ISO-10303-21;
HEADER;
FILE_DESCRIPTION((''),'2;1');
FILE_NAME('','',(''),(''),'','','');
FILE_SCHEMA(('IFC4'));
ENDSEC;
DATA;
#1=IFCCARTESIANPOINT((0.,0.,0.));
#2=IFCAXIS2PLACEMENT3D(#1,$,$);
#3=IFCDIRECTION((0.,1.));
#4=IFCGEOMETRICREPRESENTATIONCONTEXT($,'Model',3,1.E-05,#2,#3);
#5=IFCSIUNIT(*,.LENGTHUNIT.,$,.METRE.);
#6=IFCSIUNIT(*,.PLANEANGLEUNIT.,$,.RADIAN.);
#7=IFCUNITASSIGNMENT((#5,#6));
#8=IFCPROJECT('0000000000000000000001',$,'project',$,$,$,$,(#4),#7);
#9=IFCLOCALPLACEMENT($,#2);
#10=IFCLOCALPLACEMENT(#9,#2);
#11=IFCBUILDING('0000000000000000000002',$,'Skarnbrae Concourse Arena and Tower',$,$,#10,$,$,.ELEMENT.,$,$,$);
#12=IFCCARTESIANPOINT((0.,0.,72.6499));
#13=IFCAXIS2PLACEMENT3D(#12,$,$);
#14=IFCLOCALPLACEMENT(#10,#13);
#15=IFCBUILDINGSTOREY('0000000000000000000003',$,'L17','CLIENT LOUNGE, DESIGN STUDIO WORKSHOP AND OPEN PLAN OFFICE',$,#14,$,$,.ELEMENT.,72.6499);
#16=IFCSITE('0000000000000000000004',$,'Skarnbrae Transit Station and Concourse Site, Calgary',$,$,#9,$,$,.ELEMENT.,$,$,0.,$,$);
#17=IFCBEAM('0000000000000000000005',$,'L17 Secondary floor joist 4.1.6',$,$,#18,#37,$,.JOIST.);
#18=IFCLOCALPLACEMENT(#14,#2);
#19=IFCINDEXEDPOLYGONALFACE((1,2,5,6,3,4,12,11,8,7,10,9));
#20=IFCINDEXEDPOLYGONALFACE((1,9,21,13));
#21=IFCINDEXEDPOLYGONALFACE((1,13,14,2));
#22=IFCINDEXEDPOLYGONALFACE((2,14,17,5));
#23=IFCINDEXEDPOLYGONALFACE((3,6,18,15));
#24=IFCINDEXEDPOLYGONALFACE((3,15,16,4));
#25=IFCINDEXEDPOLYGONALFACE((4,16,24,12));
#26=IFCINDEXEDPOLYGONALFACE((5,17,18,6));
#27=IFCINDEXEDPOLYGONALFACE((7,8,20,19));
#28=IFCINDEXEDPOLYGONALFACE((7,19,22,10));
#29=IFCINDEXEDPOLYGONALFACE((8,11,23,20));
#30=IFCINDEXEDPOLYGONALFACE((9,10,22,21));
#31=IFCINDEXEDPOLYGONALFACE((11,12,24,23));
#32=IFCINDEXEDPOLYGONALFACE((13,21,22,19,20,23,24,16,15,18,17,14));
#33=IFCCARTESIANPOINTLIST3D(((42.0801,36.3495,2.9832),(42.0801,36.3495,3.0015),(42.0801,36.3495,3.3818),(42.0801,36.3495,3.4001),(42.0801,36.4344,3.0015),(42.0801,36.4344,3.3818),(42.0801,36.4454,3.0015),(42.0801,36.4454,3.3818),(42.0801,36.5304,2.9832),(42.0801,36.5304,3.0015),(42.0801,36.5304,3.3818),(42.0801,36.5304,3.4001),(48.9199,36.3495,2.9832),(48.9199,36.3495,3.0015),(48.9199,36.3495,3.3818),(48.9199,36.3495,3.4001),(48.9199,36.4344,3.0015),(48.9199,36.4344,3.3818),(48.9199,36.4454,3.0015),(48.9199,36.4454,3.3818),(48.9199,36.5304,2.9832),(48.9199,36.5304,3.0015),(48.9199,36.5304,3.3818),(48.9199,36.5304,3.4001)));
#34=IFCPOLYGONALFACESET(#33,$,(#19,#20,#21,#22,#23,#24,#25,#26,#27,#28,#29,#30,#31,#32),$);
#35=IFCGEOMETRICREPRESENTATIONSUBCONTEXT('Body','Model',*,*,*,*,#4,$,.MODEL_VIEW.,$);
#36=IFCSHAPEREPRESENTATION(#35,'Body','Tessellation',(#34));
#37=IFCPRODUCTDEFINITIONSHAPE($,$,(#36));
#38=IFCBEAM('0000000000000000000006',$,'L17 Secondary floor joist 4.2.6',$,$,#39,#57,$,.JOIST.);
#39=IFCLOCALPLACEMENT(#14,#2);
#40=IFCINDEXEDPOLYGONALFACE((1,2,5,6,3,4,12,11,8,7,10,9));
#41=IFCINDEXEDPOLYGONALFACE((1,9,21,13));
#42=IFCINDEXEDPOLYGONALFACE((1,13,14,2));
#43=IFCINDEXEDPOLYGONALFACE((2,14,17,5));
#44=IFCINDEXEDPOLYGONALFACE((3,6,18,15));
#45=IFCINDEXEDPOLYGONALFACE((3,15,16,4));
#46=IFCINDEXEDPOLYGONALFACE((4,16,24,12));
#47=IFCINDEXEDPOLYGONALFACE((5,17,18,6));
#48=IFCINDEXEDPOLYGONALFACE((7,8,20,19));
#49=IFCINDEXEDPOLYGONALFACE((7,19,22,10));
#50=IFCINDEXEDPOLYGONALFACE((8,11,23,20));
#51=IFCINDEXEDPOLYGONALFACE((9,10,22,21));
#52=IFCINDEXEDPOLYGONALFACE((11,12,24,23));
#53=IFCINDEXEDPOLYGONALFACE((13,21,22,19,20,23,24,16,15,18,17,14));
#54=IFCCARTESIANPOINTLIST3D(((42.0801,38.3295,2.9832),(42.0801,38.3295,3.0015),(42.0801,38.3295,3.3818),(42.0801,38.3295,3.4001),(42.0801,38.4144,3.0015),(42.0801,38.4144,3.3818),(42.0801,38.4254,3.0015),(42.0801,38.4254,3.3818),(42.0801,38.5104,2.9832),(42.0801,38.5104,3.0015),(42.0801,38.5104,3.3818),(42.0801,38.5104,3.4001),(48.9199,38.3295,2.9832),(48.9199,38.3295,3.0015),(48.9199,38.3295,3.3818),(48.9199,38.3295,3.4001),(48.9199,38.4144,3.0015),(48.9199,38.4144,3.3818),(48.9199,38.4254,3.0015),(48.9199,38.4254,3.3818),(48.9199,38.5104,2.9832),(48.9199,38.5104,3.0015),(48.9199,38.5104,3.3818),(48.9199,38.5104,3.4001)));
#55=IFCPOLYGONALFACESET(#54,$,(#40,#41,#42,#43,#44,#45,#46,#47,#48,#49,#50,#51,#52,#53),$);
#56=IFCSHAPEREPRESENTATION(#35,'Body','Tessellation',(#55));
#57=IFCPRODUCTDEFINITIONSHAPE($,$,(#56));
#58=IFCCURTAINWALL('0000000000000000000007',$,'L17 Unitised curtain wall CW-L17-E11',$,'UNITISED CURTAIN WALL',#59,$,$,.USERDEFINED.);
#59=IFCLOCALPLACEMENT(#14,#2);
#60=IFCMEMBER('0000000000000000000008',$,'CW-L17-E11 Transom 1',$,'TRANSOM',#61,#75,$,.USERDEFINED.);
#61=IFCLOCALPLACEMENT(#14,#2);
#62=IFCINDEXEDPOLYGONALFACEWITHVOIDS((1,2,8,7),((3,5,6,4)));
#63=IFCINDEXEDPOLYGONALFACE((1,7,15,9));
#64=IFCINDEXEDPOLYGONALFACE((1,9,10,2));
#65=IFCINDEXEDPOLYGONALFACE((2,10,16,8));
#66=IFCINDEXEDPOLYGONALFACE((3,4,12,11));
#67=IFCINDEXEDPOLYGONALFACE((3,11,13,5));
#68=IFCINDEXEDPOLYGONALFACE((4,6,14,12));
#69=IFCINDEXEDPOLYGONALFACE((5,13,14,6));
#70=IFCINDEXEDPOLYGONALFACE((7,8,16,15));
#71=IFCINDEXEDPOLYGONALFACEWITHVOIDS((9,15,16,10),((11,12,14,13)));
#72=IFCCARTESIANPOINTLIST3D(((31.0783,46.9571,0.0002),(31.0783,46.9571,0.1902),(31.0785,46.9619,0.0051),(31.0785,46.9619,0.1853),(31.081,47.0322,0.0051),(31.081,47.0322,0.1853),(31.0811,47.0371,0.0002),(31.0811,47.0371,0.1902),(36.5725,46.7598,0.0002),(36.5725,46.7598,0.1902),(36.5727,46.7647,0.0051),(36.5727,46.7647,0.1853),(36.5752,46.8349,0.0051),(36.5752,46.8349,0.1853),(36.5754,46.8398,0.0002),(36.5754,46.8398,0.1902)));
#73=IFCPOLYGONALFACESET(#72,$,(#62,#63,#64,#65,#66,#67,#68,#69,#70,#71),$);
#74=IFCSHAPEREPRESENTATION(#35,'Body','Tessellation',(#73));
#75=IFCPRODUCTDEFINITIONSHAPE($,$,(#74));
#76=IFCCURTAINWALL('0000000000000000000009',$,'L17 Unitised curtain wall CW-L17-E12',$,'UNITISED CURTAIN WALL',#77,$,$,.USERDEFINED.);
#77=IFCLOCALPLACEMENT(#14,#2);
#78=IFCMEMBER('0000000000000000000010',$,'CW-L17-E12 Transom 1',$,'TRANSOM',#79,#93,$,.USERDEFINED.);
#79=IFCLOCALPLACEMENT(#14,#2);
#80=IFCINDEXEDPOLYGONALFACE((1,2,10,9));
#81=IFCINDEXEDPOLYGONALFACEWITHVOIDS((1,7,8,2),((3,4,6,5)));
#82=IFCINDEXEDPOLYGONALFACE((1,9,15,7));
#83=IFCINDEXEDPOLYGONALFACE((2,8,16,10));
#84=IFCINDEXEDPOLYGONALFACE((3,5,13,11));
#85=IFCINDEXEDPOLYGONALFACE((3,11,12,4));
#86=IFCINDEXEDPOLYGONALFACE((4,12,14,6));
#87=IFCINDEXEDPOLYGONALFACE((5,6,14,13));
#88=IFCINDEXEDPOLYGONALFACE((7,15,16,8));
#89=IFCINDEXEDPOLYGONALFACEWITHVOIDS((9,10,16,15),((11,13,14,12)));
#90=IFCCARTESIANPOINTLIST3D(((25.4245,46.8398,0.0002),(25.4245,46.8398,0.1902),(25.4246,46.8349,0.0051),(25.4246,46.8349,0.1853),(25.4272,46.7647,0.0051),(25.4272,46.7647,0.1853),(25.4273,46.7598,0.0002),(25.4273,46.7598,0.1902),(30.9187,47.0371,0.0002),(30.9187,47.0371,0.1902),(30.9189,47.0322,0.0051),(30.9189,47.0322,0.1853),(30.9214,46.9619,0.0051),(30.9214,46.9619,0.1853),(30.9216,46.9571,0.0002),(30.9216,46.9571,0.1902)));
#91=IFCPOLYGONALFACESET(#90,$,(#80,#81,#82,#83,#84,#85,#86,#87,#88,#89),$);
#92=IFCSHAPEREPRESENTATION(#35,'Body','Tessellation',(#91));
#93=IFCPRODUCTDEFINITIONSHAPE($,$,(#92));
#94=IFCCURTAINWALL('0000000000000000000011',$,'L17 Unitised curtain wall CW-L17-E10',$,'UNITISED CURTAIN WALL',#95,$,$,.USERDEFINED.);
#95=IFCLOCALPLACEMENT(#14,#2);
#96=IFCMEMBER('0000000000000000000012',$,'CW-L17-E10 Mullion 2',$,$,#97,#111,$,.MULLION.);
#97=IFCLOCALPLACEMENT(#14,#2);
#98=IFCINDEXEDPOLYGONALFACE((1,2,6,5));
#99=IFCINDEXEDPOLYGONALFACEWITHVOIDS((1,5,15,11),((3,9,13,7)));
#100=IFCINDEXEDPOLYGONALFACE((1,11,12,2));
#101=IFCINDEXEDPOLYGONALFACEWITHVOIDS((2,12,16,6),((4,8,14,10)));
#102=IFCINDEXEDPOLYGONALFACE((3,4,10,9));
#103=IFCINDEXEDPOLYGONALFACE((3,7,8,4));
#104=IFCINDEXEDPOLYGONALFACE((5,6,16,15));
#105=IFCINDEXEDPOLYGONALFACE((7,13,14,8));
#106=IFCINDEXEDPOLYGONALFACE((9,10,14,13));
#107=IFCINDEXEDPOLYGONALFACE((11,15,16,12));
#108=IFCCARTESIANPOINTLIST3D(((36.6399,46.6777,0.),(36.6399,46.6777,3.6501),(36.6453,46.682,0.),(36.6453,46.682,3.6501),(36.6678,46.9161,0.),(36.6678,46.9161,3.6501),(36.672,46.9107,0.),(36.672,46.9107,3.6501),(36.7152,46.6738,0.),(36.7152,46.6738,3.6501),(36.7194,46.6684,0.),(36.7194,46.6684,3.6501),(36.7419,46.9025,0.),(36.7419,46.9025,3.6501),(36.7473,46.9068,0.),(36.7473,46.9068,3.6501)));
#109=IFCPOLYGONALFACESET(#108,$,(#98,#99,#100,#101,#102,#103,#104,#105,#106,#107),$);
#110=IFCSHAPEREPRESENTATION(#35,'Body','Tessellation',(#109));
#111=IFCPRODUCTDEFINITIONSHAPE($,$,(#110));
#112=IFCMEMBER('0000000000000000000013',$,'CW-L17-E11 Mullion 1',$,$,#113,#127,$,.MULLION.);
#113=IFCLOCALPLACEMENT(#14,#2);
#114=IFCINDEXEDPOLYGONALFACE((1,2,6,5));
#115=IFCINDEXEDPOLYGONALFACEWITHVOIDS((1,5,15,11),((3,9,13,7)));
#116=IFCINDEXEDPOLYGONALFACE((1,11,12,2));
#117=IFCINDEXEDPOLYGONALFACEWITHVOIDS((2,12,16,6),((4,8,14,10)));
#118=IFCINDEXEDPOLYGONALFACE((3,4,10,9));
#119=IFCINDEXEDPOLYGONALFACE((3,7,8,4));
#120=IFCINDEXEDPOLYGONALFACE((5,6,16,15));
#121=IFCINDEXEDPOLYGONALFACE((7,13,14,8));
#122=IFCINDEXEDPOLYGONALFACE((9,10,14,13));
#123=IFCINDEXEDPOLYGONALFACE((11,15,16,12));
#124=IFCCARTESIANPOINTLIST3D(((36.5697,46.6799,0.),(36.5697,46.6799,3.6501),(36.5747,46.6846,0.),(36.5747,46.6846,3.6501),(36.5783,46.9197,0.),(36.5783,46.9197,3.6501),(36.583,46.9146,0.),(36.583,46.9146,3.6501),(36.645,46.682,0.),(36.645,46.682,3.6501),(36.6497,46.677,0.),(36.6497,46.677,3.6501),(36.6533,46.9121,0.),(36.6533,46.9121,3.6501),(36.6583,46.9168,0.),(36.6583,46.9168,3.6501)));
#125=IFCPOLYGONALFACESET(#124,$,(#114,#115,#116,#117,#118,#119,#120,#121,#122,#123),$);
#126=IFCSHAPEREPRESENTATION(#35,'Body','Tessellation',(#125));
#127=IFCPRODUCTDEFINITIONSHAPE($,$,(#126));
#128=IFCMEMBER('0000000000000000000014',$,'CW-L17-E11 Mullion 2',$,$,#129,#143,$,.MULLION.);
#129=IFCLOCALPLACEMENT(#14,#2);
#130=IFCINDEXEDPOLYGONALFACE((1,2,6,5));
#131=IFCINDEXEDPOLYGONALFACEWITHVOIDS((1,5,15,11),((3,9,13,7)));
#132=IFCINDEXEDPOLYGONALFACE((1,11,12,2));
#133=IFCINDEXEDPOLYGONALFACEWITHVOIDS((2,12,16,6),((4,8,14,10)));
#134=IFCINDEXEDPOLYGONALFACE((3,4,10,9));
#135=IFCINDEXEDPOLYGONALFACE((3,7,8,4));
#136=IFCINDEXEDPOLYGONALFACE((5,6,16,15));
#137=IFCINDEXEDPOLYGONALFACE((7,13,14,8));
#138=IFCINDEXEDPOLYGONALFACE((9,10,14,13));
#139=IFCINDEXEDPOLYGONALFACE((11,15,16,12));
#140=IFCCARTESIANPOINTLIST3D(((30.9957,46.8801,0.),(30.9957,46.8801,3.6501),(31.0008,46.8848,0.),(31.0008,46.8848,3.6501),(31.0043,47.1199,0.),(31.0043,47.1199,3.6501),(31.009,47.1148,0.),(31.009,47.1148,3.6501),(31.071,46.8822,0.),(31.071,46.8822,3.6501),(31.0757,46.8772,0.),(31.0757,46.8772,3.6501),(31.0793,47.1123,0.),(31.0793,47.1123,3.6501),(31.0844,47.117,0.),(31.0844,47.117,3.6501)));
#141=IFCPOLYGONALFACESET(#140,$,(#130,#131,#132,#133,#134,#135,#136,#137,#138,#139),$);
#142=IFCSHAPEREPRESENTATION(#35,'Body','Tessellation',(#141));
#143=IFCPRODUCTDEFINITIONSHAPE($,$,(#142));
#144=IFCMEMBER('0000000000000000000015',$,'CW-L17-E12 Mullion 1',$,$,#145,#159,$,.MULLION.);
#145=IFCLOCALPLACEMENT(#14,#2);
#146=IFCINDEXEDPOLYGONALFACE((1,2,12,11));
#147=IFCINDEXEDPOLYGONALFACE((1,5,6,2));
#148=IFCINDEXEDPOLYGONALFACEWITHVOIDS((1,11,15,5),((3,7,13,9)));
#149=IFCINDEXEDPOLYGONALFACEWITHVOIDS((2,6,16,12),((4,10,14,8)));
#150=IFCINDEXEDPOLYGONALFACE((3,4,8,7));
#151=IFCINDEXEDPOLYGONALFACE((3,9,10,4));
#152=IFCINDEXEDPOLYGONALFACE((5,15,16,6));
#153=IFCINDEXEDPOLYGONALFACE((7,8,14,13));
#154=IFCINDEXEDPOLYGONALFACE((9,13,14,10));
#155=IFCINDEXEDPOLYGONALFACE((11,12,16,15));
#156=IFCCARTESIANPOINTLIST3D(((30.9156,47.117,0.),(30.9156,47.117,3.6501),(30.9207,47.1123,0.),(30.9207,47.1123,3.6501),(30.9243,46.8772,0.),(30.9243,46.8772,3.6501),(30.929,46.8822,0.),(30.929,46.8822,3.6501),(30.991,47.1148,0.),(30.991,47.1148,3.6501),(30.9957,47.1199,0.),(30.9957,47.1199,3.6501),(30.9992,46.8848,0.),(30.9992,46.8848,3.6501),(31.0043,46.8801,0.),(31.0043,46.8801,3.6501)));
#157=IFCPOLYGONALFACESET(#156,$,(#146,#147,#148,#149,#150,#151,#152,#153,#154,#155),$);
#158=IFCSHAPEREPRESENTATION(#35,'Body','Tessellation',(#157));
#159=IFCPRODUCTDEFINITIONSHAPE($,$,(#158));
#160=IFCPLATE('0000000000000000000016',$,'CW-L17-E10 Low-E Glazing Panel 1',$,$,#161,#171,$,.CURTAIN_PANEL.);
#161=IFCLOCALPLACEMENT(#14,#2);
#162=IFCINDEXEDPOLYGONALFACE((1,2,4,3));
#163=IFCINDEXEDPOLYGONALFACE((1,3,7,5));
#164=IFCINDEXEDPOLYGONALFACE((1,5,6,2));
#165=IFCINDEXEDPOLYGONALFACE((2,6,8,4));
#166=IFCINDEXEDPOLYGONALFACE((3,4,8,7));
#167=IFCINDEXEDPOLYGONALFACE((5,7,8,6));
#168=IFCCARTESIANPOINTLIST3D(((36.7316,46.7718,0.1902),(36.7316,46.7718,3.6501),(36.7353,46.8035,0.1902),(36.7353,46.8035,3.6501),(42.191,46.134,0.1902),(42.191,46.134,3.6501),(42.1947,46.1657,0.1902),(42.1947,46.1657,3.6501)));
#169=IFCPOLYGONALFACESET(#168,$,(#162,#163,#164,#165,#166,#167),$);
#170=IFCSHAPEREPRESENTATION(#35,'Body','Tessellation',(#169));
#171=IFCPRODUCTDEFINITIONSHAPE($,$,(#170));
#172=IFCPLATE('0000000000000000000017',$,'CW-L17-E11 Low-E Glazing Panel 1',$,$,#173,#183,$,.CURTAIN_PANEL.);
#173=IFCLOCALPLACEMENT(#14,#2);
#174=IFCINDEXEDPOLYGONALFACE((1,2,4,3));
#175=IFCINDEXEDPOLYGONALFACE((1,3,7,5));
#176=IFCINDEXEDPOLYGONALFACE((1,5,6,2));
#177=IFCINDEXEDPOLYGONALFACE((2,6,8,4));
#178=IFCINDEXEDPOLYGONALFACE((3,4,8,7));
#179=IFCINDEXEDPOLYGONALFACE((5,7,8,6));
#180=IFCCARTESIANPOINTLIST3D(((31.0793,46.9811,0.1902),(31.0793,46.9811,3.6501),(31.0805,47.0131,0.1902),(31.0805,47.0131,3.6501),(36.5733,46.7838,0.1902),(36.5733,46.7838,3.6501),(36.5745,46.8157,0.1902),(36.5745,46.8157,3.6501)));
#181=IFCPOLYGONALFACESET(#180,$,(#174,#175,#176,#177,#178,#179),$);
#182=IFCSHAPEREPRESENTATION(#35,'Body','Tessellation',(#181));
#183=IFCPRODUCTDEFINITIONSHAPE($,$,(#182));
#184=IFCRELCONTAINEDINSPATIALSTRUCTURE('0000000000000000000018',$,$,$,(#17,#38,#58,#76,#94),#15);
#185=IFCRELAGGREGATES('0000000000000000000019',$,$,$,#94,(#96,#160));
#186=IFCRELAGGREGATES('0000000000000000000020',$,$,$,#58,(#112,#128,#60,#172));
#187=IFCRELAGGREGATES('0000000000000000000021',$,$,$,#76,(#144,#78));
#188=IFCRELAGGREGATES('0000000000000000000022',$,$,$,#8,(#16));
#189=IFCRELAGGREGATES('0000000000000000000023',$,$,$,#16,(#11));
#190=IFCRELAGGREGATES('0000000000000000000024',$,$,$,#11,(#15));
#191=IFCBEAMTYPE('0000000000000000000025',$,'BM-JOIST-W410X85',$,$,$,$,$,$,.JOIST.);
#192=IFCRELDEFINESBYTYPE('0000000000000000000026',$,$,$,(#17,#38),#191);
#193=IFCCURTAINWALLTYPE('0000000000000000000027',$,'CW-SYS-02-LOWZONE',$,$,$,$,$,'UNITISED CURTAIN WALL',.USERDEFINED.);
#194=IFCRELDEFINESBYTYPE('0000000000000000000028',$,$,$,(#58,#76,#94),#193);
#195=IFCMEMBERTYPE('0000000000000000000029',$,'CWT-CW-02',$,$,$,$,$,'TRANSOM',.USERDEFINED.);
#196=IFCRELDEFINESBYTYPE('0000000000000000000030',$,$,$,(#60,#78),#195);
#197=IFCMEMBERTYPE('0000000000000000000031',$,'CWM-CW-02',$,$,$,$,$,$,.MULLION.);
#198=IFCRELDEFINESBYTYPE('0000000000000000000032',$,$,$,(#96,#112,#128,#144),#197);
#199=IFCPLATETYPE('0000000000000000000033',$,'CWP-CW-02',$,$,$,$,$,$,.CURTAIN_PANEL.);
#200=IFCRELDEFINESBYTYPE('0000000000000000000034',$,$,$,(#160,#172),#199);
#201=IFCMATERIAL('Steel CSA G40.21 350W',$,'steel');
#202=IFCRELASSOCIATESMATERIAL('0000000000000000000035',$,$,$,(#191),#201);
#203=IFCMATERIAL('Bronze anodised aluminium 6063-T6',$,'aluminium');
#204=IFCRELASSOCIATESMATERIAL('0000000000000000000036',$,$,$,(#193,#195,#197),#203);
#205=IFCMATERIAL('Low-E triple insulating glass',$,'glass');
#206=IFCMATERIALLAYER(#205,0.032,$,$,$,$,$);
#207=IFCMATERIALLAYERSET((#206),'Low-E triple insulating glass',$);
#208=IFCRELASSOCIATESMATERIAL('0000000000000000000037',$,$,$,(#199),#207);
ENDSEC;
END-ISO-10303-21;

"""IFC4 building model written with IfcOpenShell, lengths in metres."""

from ifc_helpers import new_model, si_unit, direction, frame, origin, origin_2d, place, context, subcontext, project, spatial, rectangle, hollow_rectangle, i_section, extrude, source, transform, mapped, material, layer, layer_set, material_profile, profile_set, type_object, element, aggregate, save


model = new_model("IFC4")

# Units and contexts
model_context = context("Model", 3, precision=1e-05, world=origin(), true_north=direction((0.0, 1.0)))
body_context = subcontext(model_context, "Body", "Model", "MODEL_VIEW")
ifc_project = project(units=[si_unit("LENGTHUNIT", "METRE"), si_unit("PLANEANGLEUNIT", "RADIAN")], contexts=[model_context])

# Site, building, storey
site_placement = place(None, origin())
site = spatial("IfcSite", under=ifc_project, at=site_placement, Name="Skarnbrae Transit Station and Concourse Site, Calgary", CompositionType="ELEMENT", RefElevation=0.0)
building_placement = place(site_placement, origin())
building = spatial("IfcBuilding", under=site, at=building_placement, Name="Skarnbrae Concourse Arena and Tower", CompositionType="ELEMENT")
storey_placement = place(building_placement, frame((0.0, 0.0, 72.6499)))
storey = spatial("IfcBuildingStorey", under=building, at=storey_placement, Name="L17", Description="CLIENT LOUNGE, DESIGN STUDIO WORKSHOP AND OPEN PLAN OFFICE", CompositionType="ELEMENT", Elevation=72.6499)

# Shared definitions
ifc_material_1 = material(Name="Steel CSA G40.21 350W", Category="steel")

# Beams
ifc_material_profile_1 = material_profile(ifc_material_1, i_section(OverallWidth=0.1809, OverallDepth=0.417, WebThickness=0.011, FlangeThickness=0.0183, at=origin_2d()), Name="W410X85")
ifc_profile_set_1 = profile_set([ifc_material_profile_1], Name="Steel CSA G40.21 350W")
beam_type_1 = type_object("IfcBeamType", Name="BM-JOIST-W410X85", PredefinedType="JOIST", material=ifc_profile_set_1)
shared_shape_1 = source(origin(), body_context, "Body", "SweptSolid", [
    extrude(i_section(OverallWidth=0.1809, OverallDepth=0.417, WebThickness=0.011, FlangeThickness=0.0183, at=origin_2d()), origin(), (0.0, 0.0, 1.0), 6.8398),
])
for number, where, z_axis, x_axis, name in (
    (1, (42.0801, 36.4399, 3.1917), (1.0, 0.0, 0.0), (0.0, 1.0, 0.0), "L17 Secondary floor joist 4.1.6"),
    (2, (42.0801, 38.4199, 3.1917), (1.0, 0.0, 0.0), (0.0, 1.0, 0.0), "L17 Secondary floor joist 4.2.6"),
):
    element("IfcBeam", number, at=place(storey_placement, frame(where, z_axis=z_axis, x_axis=x_axis)), inside=storey, type_object=beam_type_1, Name=name, PredefinedType="JOIST", context=body_context, shape_type="MappedRepresentation", body=[
        mapped(shared_shape_1, transform((0.0, 0.0, 0.0))),
    ])

# Curtain walls, members
ifc_material_2 = material(Name="Bronze anodised aluminium 6063-T6", Category="aluminium")
curtain_wall_type = type_object("IfcCurtainWallType", Name="CW-SYS-02-LOWZONE", ElementType="UNITISED CURTAIN WALL", PredefinedType="USERDEFINED", material=ifc_material_2)
curtain_wall_1_placement = place(storey_placement, origin())
curtain_wall_1 = element("IfcCurtainWall", 3, at=curtain_wall_1_placement, inside=storey, type_object=curtain_wall_type, Name="L17 Unitised curtain wall CW-L17-E11", ObjectType="UNITISED CURTAIN WALL", PredefinedType="USERDEFINED")
ifc_material_profile_2 = material_profile(ifc_material_2, hollow_rectangle(XDim=0.0801, YDim=0.1899, WallThickness=0.0049, at=origin_2d()), Name="ALU-TRAN-80X190")
ifc_profile_set_2 = profile_set([ifc_material_profile_2], Name="Bronze anodised aluminium 6063-T6")
member_type_1 = type_object("IfcMemberType", Name="CWT-CW-02", ElementType="TRANSOM", PredefinedType="USERDEFINED", material=ifc_profile_set_2)
shared_shape_2 = source(origin(), body_context, "Body", "SweptSolid", [
    extrude(hollow_rectangle(XDim=0.0801, YDim=0.1899, WallThickness=0.0049, at=origin_2d()), origin(), (0.0, 0.0, 1.0), 5.4978),
])
member_1_placement = place(storey_placement, frame((36.574, 46.7998, 0.0952), z_axis=(-0.999356, 0.035882, 0.0), x_axis=(-0.035882, -0.999356, 0.0)))
member_1 = element("IfcMember", 4, at=member_1_placement, type_object=member_type_1, Name="CW-L17-E11 Transom 1", ObjectType="TRANSOM", PredefinedType="USERDEFINED", context=body_context, shape_type="MappedRepresentation", body=[
    mapped(shared_shape_2, transform((0.0, 0.0, 0.0))),
])
curtain_wall_2_placement = place(storey_placement, origin())
curtain_wall_2 = element("IfcCurtainWall", 5, at=curtain_wall_2_placement, inside=storey, type_object=curtain_wall_type, Name="L17 Unitised curtain wall CW-L17-E12", ObjectType="UNITISED CURTAIN WALL", PredefinedType="USERDEFINED")
member_2_placement = place(storey_placement, frame((30.9202, 46.9971, 0.0952), z_axis=(-0.999356, -0.035882, 0.0), x_axis=(0.035882, -0.999356, 0.0)))
member_2 = element("IfcMember", 6, at=member_2_placement, type_object=member_type_1, Name="CW-L17-E12 Transom 1", ObjectType="TRANSOM", PredefinedType="USERDEFINED", context=body_context, shape_type="MappedRepresentation", body=[
    mapped(shared_shape_2, transform((0.0, 0.0, 0.0))),
])
curtain_wall_3_placement = place(storey_placement, origin())
curtain_wall_3 = element("IfcCurtainWall", 7, at=curtain_wall_3_placement, inside=storey, type_object=curtain_wall_type, Name="L17 Unitised curtain wall CW-L17-E10", ObjectType="UNITISED CURTAIN WALL", PredefinedType="USERDEFINED")
ifc_material_profile_3 = material_profile(ifc_material_2, hollow_rectangle(XDim=0.0801, YDim=0.24, WallThickness=0.0049, at=origin_2d()), Name="ALU-MULL-80X240")
ifc_profile_set_3 = profile_set([ifc_material_profile_3], Name="Bronze anodised aluminium 6063-T6")
member_type_2 = type_object("IfcMemberType", Name="CWM-CW-02", PredefinedType="MULLION", material=ifc_profile_set_3)
shared_shape_3 = source(origin(), body_context, "Body", "SweptSolid", [
    extrude(hollow_rectangle(XDim=0.0801, YDim=0.24, WallThickness=0.0049, at=origin_2d()), origin(), (0.0, 0.0, 1.0), 3.6501),
])
member_3_placement = place(storey_placement, frame((36.6936, 46.7922, 0.0), z_axis=(0.0, 0.0, 1.0), x_axis=(-0.993245, 0.11604, 0.0)))
member_3 = element("IfcMember", 8, at=member_3_placement, type_object=member_type_2, Name="CW-L17-E10 Mullion 2", PredefinedType="MULLION", context=body_context, shape_type="MappedRepresentation", body=[
    mapped(shared_shape_3, transform((0.0, 0.0, 0.0))),
])

# Members
member_4_placement = place(storey_placement, frame((36.614, 46.7983, 0.0), z_axis=(0.0, 0.0, 1.0), x_axis=(-0.999355, 0.035899, 0.0)))
member_4 = element("IfcMember", 9, at=member_4_placement, type_object=member_type_2, Name="CW-L17-E11 Mullion 1", PredefinedType="MULLION", context=body_context, shape_type="MappedRepresentation", body=[
    mapped(shared_shape_3, transform((0.0, 0.0, 0.0))),
])
member_5_placement = place(storey_placement, frame((31.04, 46.9985, 0.0), z_axis=(0.0, 0.0, 1.0), x_axis=(-0.999355, 0.035899, 0.0)))
member_5 = element("IfcMember", 10, at=member_5_placement, type_object=member_type_2, Name="CW-L17-E11 Mullion 2", PredefinedType="MULLION", context=body_context, shape_type="MappedRepresentation", body=[
    mapped(shared_shape_3, transform((0.0, 0.0, 0.0))),
])
member_6_placement = place(storey_placement, frame((30.96, 46.9985, 0.0), z_axis=(0.0, 0.0, 1.0), x_axis=(-0.999355, -0.035899, 0.0)))
member_6 = element("IfcMember", 11, at=member_6_placement, type_object=member_type_2, Name="CW-L17-E12 Mullion 1", PredefinedType="MULLION", context=body_context, shape_type="MappedRepresentation", body=[
    mapped(shared_shape_3, transform((0.0, 0.0, 0.0))),
])

# Plates
ifc_material_3 = material(Name="Low-E triple insulating glass", Category="glass")
ifc_layer_1 = layer(ifc_material_3, 0.032)
ifc_layer_set_1 = layer_set([ifc_layer_1], Name="Low-E triple insulating glass")
plate_type = type_object("IfcPlateType", Name="CWP-CW-02", PredefinedType="CURTAIN_PANEL", material=ifc_layer_set_1)
shared_shape_4 = source(origin(), body_context, "Body", "SweptSolid", [
    extrude(rectangle(XDim=5.4966, YDim=0.032, at=origin_2d()), origin(), (0.0, 0.0, 1.0), 3.46),
])
plate_1_placement = place(storey_placement, frame((39.4631, 46.4688, 0.1902), z_axis=(0.0, 0.0, 1.0), x_axis=(-0.993245, 0.11604, 0.0)))
plate_1 = element("IfcPlate", 12, at=plate_1_placement, type_object=plate_type, Name="CW-L17-E10 Low-E Glazing Panel 1", PredefinedType="CURTAIN_PANEL", context=body_context, shape_type="MappedRepresentation", body=[
    mapped(shared_shape_4, transform((0.0, 0.0, 0.0))),
])
aggregate(curtain_wall_3, [member_3, plate_1])
shared_shape_5 = source(origin(), body_context, "Body", "SweptSolid", [
    extrude(rectangle(XDim=5.4976, YDim=0.032, at=origin_2d()), origin(), (0.0, 0.0, 1.0), 3.46),
])
plate_2_placement = place(storey_placement, frame((33.8269, 46.8984, 0.1902), z_axis=(0.0, 0.0, 1.0), x_axis=(-0.999355, 0.035899, 0.0)))
plate_2 = element("IfcPlate", 13, at=plate_2_placement, type_object=plate_type, Name="CW-L17-E11 Low-E Glazing Panel 1", PredefinedType="CURTAIN_PANEL", context=body_context, shape_type="MappedRepresentation", body=[
    mapped(shared_shape_5, transform((0.0, 0.0, 0.0))),
])
aggregate(curtain_wall_1, [member_4, member_5, member_1, plate_2])
aggregate(curtain_wall_2, [member_6, member_2])

save(model, "model.ifc")
